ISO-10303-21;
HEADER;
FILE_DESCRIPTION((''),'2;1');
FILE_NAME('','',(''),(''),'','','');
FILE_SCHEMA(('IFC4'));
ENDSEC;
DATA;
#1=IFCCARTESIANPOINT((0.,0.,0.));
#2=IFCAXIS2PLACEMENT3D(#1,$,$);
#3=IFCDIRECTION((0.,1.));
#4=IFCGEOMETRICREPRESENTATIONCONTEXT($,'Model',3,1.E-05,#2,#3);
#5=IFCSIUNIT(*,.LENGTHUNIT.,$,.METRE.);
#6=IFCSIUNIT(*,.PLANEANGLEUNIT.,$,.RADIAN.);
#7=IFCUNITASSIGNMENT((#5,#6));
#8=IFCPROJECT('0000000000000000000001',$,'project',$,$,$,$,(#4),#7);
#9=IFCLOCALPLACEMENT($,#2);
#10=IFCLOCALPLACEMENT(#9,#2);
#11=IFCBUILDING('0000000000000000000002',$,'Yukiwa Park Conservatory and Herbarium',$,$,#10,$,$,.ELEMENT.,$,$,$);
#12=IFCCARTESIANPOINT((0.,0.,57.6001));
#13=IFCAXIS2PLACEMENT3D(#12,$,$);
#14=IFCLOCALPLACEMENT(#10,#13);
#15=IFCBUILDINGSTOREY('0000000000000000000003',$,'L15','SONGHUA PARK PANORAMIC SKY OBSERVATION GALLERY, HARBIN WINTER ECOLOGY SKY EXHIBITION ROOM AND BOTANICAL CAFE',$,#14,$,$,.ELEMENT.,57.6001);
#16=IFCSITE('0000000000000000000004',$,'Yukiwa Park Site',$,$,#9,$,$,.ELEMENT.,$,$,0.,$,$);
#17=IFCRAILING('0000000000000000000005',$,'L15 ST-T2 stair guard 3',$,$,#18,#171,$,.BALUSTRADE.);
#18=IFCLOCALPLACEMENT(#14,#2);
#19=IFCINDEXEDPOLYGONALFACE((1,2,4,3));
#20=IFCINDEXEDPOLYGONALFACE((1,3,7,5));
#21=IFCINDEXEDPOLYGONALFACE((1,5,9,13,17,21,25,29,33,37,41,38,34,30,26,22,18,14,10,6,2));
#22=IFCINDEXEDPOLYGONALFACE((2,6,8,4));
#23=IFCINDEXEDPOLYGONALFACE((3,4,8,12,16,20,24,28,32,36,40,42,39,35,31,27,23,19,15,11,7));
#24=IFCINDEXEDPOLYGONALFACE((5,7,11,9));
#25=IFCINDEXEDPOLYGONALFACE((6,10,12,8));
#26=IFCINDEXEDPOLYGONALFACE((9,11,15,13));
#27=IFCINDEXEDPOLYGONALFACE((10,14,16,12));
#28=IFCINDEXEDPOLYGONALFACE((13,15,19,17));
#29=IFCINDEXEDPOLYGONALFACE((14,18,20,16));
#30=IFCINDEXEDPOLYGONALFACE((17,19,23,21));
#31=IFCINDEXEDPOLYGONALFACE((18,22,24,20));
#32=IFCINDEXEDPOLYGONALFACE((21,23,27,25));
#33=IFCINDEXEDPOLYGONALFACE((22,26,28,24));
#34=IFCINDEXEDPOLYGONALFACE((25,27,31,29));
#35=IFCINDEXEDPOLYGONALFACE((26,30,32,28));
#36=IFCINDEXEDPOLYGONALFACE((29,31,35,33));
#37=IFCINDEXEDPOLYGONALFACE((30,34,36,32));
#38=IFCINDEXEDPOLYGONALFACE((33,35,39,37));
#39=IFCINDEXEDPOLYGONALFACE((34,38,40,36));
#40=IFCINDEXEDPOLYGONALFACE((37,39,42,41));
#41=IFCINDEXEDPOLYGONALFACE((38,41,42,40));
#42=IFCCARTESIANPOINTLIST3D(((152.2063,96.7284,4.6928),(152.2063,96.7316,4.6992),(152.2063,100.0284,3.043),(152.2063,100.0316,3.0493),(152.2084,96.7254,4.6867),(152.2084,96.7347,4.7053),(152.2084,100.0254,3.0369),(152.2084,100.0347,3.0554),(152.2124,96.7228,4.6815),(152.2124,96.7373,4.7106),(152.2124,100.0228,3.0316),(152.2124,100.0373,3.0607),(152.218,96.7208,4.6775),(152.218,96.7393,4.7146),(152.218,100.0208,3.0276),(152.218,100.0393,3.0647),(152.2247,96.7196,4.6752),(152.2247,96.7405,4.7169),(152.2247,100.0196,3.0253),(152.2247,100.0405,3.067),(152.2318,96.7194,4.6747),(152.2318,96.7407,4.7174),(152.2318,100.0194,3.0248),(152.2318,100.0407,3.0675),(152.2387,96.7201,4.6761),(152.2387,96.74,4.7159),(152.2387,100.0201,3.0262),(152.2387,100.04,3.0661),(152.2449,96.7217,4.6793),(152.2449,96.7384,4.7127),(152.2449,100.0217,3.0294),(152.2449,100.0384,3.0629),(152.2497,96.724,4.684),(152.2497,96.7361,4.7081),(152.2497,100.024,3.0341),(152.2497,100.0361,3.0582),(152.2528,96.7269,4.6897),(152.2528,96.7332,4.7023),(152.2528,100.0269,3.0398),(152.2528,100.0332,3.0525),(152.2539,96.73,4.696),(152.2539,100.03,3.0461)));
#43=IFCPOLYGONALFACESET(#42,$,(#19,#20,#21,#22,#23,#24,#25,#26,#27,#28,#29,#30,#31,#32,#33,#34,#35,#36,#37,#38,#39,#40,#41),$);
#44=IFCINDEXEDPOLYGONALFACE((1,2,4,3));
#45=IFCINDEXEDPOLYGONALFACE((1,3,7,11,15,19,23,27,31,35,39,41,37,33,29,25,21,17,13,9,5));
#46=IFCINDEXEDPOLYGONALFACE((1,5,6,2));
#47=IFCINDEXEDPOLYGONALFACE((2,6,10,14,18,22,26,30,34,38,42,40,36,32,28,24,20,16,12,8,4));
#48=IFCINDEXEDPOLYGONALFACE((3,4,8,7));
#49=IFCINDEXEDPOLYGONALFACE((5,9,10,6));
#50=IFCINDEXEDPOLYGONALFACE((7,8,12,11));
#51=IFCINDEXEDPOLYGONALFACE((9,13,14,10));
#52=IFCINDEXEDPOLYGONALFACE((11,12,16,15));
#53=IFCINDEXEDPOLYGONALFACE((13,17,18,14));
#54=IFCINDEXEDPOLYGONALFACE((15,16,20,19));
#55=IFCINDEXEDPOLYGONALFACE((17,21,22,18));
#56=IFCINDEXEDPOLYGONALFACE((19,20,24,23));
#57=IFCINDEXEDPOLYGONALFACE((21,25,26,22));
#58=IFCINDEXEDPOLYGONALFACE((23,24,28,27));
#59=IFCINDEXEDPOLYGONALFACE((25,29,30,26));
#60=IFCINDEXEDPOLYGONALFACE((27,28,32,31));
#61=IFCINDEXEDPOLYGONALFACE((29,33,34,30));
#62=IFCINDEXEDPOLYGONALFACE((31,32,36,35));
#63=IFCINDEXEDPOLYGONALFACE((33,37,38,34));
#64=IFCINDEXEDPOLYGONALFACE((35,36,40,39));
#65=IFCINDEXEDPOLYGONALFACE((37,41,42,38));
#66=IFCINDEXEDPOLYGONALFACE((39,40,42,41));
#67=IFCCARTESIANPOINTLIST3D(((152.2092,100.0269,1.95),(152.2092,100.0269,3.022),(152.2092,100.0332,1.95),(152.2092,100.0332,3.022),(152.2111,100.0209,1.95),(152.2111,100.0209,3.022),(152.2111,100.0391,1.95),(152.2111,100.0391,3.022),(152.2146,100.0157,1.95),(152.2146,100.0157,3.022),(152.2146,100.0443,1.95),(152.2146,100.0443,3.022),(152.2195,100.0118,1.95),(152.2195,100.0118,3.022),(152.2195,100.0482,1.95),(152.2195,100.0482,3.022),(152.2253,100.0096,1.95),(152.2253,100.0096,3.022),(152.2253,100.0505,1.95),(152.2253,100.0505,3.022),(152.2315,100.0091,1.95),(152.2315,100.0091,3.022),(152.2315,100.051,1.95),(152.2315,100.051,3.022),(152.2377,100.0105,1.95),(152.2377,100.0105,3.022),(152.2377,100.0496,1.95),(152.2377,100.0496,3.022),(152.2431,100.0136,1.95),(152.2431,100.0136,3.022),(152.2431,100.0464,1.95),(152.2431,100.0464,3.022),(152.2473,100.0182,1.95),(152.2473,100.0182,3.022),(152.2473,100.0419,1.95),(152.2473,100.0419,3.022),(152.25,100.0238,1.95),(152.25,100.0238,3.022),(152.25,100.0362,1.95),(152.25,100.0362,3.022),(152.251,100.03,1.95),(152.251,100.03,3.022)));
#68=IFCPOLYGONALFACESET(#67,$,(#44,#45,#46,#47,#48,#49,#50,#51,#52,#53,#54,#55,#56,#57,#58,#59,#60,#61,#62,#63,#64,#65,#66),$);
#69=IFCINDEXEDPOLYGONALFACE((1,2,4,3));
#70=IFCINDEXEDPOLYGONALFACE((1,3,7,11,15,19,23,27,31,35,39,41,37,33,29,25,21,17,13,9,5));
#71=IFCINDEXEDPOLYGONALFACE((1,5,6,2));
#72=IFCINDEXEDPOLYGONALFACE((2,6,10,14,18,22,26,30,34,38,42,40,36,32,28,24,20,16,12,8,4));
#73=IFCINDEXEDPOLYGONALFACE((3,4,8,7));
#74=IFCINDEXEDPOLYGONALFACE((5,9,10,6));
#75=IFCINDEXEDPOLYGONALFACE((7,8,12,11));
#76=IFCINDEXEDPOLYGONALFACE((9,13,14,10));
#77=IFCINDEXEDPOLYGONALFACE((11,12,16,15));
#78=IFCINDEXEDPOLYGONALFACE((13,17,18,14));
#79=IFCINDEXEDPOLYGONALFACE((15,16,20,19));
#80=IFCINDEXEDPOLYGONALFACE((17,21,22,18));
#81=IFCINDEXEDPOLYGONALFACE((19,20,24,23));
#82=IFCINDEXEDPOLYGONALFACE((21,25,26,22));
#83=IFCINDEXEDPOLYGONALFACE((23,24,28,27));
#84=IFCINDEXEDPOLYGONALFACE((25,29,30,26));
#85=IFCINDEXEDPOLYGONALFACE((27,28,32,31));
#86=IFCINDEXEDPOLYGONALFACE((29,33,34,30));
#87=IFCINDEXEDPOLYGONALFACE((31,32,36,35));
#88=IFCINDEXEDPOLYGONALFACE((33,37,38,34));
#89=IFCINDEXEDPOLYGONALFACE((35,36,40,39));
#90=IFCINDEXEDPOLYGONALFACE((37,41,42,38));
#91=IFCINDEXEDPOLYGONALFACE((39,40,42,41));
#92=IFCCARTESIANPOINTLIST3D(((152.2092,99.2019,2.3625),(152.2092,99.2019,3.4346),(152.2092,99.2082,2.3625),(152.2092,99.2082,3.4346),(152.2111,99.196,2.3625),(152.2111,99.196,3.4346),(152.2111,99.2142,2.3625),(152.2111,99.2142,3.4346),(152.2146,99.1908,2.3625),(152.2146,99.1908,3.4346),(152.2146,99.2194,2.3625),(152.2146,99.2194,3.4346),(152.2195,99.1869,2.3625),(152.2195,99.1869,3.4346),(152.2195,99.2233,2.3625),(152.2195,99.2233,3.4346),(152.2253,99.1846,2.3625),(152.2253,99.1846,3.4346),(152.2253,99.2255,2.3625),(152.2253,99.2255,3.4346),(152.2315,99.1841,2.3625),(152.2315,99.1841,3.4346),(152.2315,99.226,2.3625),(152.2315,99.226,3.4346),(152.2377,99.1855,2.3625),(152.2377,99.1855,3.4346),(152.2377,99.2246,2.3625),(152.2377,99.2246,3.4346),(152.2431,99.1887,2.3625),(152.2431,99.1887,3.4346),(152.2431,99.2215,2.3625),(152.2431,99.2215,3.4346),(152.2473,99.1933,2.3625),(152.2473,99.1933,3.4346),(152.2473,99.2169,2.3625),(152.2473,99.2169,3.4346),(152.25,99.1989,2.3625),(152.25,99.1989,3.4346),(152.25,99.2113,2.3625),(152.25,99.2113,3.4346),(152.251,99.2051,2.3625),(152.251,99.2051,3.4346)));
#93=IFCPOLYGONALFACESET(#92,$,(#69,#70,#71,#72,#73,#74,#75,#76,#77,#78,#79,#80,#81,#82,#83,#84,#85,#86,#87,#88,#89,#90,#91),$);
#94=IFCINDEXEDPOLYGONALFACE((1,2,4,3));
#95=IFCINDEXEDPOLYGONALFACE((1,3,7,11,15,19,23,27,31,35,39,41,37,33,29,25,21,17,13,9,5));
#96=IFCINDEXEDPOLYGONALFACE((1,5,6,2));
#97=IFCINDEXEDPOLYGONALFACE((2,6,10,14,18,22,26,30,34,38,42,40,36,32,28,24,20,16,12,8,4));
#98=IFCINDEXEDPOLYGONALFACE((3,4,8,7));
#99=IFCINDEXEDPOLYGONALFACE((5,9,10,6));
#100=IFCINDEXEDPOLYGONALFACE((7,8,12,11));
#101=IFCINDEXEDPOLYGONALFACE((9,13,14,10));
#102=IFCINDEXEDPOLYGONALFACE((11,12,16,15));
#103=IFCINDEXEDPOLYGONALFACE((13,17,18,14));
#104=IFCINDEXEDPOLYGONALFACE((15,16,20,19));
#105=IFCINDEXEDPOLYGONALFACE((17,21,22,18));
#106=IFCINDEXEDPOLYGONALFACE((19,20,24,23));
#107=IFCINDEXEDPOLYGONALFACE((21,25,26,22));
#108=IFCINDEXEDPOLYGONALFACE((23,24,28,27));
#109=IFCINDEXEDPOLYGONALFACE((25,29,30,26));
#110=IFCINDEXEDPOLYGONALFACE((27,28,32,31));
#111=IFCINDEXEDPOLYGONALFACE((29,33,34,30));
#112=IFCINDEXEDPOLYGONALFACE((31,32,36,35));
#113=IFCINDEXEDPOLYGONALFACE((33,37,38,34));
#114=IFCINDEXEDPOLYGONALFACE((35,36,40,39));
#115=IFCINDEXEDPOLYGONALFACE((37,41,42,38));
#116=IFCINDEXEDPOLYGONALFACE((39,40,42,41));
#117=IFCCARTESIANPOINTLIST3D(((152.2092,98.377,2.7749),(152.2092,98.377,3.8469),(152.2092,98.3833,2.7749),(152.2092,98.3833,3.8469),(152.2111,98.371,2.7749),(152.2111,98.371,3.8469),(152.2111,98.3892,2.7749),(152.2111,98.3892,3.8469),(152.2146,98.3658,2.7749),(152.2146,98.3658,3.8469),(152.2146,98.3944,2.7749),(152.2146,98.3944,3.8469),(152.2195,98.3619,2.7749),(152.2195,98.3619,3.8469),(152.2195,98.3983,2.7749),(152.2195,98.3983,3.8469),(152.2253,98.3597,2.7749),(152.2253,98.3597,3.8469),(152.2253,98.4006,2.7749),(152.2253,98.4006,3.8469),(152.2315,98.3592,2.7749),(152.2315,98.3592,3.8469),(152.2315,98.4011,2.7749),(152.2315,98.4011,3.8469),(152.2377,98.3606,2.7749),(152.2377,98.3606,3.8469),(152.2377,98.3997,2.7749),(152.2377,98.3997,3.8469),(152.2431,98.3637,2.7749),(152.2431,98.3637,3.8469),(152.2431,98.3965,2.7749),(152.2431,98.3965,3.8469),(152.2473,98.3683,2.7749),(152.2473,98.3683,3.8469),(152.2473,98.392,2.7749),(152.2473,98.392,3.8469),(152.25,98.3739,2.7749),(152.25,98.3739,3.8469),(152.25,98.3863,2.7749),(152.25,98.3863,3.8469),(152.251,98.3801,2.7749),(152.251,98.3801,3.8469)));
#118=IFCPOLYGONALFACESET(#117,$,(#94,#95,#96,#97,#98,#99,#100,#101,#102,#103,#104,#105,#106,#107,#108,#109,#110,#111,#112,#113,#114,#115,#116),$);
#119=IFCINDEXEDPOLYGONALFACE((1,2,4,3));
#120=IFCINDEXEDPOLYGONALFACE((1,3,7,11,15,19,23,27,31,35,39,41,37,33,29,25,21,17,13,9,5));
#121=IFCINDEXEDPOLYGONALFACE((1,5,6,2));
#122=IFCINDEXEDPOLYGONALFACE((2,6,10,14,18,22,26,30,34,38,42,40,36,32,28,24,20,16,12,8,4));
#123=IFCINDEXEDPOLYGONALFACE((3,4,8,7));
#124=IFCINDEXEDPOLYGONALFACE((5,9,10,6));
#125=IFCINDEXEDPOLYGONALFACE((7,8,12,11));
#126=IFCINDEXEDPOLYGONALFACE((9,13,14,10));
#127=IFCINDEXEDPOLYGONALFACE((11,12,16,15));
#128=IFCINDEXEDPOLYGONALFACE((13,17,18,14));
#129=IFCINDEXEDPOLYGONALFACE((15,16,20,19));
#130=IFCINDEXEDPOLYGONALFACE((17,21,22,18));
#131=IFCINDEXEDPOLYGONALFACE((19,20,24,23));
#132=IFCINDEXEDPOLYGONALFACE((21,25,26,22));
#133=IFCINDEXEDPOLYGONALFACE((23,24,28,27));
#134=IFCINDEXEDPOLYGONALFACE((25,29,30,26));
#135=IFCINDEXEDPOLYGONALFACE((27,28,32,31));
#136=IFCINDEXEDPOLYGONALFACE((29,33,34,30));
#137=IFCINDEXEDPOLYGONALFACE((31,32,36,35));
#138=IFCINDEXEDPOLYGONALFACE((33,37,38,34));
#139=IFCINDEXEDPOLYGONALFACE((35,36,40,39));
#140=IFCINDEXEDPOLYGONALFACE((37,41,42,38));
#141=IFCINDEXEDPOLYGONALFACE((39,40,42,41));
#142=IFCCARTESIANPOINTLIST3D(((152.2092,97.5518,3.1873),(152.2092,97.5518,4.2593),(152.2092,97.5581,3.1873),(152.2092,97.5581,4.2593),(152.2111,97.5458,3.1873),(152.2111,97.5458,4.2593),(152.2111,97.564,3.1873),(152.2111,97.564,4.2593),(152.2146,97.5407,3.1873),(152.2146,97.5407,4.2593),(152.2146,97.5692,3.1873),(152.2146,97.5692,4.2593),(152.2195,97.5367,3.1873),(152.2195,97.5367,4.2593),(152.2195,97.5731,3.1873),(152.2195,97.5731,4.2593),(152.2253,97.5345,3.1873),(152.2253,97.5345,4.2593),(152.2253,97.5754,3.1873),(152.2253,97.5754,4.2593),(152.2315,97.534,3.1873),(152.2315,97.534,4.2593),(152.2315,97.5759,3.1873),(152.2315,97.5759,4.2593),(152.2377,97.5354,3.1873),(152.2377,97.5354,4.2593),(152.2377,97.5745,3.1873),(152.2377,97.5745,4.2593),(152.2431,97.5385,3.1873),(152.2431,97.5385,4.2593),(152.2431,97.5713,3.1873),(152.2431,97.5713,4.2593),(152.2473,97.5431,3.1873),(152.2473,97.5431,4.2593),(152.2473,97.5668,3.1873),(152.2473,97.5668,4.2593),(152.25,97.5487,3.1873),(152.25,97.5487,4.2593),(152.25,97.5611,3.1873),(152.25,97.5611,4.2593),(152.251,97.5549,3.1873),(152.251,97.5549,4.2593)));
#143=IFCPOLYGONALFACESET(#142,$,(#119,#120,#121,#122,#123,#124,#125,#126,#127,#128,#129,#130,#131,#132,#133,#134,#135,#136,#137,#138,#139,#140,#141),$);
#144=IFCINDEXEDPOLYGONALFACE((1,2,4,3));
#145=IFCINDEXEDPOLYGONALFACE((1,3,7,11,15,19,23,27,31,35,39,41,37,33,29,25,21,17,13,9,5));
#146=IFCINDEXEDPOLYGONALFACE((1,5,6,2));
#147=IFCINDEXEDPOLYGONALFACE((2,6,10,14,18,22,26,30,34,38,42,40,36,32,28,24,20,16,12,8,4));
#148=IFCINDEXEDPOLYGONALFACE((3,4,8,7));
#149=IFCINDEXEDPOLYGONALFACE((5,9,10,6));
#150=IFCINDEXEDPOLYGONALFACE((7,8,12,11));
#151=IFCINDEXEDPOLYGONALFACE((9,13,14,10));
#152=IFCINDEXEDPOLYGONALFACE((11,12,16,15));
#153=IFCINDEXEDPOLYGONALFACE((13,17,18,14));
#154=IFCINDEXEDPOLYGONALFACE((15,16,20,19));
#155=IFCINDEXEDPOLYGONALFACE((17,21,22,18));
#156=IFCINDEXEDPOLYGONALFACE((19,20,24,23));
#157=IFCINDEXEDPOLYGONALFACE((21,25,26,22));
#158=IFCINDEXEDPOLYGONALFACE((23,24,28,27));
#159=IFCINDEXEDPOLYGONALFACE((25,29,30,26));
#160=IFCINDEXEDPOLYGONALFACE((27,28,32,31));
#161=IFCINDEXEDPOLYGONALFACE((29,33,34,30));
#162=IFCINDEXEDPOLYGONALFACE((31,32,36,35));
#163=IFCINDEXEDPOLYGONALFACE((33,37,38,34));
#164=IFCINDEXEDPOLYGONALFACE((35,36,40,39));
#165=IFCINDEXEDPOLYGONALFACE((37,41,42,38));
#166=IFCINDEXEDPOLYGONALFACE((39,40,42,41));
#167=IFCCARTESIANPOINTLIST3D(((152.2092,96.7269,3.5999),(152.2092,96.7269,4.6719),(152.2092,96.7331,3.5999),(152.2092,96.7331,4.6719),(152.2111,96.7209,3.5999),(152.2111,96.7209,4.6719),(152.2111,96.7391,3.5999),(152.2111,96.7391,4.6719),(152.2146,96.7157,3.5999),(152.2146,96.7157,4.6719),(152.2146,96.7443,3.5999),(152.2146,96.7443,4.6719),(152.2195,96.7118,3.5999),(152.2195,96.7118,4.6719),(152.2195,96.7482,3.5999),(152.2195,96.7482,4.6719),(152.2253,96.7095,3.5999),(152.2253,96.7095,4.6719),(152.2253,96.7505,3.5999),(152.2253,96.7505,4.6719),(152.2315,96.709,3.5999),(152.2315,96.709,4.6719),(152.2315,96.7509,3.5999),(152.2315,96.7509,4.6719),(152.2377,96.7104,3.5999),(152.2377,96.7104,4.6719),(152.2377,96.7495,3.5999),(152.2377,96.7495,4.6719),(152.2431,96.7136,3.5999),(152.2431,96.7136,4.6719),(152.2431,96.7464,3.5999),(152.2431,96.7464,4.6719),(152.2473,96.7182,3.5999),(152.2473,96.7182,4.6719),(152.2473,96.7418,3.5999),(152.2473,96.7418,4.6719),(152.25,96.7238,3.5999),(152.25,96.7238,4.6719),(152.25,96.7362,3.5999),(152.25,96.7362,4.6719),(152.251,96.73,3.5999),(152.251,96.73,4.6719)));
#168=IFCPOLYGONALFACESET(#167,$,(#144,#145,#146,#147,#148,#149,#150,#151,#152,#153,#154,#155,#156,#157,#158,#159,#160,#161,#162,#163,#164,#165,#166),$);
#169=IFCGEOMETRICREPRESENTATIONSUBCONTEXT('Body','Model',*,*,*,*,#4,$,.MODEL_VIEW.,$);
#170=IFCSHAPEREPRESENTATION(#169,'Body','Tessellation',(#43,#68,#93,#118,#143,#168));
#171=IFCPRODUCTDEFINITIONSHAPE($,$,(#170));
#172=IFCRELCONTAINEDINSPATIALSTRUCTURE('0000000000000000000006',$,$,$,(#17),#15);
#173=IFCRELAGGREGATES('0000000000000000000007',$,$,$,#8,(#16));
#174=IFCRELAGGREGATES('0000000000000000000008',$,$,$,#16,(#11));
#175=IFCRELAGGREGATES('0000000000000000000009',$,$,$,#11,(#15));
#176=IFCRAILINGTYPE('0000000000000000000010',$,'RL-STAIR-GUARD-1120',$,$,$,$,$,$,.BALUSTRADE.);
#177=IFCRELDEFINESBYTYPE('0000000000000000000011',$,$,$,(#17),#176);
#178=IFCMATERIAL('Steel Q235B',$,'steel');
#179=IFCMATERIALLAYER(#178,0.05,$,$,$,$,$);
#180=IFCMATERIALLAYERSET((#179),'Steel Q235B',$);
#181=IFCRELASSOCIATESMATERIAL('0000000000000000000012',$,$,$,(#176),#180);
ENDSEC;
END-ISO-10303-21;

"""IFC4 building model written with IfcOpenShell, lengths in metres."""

from ifc_helpers import new_model, si_unit, direction, frame, origin, origin_2d, place, context, subcontext, project, spatial, circle, extrude, material, layer, layer_set, type_object, element, save


model = new_model("IFC4")

# Units and contexts
model_context = context("Model", 3, precision=1e-05, world=origin(), true_north=direction((0.0, 1.0)))
body_context = subcontext(model_context, "Body", "Model", "MODEL_VIEW")
ifc_project = project(units=[si_unit("LENGTHUNIT", "METRE"), si_unit("PLANEANGLEUNIT", "RADIAN")], contexts=[model_context])

# Site, building, storey
site_placement = place(None, origin())
site = spatial("IfcSite", under=ifc_project, at=site_placement, Name="Yukiwa Park Site", CompositionType="ELEMENT", RefElevation=0.0)
building_placement = place(site_placement, origin())
building = spatial("IfcBuilding", under=site, at=building_placement, Name="Yukiwa Park Conservatory and Herbarium", CompositionType="ELEMENT")
storey_placement = place(building_placement, frame((0.0, 0.0, 57.6001)))
storey = spatial("IfcBuildingStorey", under=building, at=storey_placement, Name="L15", Description="SONGHUA PARK PANORAMIC SKY OBSERVATION GALLERY, HARBIN WINTER ECOLOGY SKY EXHIBITION ROOM AND BOTANICAL CAFE", CompositionType="ELEMENT", Elevation=57.6001)

# Railing
ifc_material_1 = material(Name="Steel Q235B", Category="steel")
ifc_layer_1 = layer(ifc_material_1, 0.05)
ifc_layer_set_1 = layer_set([ifc_layer_1], Name="Steel Q235B")
railing_type_1 = type_object("IfcRailingType", Name="RL-STAIR-GUARD-1120", PredefinedType="BALUSTRADE", material=ifc_layer_set_1)
railing_1_placement = place(storey_placement, frame((152.23, 100.03, 1.95)))
element("IfcRailing", 1, at=railing_1_placement, inside=storey, type_object=railing_type_1, Name="L15 ST-T2 stair guard 3", PredefinedType="BALUSTRADE", context=body_context, shape_type="SweptSolid", body=[
    extrude(circle(Radius=0.0239, at=origin_2d()), frame((0.0, 0.0, 1.0962), z_axis=(0.0, -0.89444, 0.447187), x_axis=(1.0, 0.0, 0.0)), (0.0, 0.0, 1.0), 3.6895),
    extrude(circle(Radius=0.021, at=origin_2d()), origin(), (0.0, 0.0, 1.0), 1.072),
    extrude(circle(Radius=0.021, at=origin_2d()), frame((0.0, -0.825, 0.4126)), (0.0, 0.0, 1.0), 1.072),
    extrude(circle(Radius=0.021, at=origin_2d()), frame((0.0, -1.6499, 0.825)), (0.0, 0.0, 1.0), 1.072),
    extrude(circle(Radius=0.021, at=origin_2d()), frame((0.0, -2.4751, 1.2373)), (0.0, 0.0, 1.0), 1.072),
    extrude(circle(Radius=0.021, at=origin_2d()), frame((0.0, -3.3, 1.6499)), (0.0, 0.0, 1.0), 1.072),
])

save(model, "model.ifc")
